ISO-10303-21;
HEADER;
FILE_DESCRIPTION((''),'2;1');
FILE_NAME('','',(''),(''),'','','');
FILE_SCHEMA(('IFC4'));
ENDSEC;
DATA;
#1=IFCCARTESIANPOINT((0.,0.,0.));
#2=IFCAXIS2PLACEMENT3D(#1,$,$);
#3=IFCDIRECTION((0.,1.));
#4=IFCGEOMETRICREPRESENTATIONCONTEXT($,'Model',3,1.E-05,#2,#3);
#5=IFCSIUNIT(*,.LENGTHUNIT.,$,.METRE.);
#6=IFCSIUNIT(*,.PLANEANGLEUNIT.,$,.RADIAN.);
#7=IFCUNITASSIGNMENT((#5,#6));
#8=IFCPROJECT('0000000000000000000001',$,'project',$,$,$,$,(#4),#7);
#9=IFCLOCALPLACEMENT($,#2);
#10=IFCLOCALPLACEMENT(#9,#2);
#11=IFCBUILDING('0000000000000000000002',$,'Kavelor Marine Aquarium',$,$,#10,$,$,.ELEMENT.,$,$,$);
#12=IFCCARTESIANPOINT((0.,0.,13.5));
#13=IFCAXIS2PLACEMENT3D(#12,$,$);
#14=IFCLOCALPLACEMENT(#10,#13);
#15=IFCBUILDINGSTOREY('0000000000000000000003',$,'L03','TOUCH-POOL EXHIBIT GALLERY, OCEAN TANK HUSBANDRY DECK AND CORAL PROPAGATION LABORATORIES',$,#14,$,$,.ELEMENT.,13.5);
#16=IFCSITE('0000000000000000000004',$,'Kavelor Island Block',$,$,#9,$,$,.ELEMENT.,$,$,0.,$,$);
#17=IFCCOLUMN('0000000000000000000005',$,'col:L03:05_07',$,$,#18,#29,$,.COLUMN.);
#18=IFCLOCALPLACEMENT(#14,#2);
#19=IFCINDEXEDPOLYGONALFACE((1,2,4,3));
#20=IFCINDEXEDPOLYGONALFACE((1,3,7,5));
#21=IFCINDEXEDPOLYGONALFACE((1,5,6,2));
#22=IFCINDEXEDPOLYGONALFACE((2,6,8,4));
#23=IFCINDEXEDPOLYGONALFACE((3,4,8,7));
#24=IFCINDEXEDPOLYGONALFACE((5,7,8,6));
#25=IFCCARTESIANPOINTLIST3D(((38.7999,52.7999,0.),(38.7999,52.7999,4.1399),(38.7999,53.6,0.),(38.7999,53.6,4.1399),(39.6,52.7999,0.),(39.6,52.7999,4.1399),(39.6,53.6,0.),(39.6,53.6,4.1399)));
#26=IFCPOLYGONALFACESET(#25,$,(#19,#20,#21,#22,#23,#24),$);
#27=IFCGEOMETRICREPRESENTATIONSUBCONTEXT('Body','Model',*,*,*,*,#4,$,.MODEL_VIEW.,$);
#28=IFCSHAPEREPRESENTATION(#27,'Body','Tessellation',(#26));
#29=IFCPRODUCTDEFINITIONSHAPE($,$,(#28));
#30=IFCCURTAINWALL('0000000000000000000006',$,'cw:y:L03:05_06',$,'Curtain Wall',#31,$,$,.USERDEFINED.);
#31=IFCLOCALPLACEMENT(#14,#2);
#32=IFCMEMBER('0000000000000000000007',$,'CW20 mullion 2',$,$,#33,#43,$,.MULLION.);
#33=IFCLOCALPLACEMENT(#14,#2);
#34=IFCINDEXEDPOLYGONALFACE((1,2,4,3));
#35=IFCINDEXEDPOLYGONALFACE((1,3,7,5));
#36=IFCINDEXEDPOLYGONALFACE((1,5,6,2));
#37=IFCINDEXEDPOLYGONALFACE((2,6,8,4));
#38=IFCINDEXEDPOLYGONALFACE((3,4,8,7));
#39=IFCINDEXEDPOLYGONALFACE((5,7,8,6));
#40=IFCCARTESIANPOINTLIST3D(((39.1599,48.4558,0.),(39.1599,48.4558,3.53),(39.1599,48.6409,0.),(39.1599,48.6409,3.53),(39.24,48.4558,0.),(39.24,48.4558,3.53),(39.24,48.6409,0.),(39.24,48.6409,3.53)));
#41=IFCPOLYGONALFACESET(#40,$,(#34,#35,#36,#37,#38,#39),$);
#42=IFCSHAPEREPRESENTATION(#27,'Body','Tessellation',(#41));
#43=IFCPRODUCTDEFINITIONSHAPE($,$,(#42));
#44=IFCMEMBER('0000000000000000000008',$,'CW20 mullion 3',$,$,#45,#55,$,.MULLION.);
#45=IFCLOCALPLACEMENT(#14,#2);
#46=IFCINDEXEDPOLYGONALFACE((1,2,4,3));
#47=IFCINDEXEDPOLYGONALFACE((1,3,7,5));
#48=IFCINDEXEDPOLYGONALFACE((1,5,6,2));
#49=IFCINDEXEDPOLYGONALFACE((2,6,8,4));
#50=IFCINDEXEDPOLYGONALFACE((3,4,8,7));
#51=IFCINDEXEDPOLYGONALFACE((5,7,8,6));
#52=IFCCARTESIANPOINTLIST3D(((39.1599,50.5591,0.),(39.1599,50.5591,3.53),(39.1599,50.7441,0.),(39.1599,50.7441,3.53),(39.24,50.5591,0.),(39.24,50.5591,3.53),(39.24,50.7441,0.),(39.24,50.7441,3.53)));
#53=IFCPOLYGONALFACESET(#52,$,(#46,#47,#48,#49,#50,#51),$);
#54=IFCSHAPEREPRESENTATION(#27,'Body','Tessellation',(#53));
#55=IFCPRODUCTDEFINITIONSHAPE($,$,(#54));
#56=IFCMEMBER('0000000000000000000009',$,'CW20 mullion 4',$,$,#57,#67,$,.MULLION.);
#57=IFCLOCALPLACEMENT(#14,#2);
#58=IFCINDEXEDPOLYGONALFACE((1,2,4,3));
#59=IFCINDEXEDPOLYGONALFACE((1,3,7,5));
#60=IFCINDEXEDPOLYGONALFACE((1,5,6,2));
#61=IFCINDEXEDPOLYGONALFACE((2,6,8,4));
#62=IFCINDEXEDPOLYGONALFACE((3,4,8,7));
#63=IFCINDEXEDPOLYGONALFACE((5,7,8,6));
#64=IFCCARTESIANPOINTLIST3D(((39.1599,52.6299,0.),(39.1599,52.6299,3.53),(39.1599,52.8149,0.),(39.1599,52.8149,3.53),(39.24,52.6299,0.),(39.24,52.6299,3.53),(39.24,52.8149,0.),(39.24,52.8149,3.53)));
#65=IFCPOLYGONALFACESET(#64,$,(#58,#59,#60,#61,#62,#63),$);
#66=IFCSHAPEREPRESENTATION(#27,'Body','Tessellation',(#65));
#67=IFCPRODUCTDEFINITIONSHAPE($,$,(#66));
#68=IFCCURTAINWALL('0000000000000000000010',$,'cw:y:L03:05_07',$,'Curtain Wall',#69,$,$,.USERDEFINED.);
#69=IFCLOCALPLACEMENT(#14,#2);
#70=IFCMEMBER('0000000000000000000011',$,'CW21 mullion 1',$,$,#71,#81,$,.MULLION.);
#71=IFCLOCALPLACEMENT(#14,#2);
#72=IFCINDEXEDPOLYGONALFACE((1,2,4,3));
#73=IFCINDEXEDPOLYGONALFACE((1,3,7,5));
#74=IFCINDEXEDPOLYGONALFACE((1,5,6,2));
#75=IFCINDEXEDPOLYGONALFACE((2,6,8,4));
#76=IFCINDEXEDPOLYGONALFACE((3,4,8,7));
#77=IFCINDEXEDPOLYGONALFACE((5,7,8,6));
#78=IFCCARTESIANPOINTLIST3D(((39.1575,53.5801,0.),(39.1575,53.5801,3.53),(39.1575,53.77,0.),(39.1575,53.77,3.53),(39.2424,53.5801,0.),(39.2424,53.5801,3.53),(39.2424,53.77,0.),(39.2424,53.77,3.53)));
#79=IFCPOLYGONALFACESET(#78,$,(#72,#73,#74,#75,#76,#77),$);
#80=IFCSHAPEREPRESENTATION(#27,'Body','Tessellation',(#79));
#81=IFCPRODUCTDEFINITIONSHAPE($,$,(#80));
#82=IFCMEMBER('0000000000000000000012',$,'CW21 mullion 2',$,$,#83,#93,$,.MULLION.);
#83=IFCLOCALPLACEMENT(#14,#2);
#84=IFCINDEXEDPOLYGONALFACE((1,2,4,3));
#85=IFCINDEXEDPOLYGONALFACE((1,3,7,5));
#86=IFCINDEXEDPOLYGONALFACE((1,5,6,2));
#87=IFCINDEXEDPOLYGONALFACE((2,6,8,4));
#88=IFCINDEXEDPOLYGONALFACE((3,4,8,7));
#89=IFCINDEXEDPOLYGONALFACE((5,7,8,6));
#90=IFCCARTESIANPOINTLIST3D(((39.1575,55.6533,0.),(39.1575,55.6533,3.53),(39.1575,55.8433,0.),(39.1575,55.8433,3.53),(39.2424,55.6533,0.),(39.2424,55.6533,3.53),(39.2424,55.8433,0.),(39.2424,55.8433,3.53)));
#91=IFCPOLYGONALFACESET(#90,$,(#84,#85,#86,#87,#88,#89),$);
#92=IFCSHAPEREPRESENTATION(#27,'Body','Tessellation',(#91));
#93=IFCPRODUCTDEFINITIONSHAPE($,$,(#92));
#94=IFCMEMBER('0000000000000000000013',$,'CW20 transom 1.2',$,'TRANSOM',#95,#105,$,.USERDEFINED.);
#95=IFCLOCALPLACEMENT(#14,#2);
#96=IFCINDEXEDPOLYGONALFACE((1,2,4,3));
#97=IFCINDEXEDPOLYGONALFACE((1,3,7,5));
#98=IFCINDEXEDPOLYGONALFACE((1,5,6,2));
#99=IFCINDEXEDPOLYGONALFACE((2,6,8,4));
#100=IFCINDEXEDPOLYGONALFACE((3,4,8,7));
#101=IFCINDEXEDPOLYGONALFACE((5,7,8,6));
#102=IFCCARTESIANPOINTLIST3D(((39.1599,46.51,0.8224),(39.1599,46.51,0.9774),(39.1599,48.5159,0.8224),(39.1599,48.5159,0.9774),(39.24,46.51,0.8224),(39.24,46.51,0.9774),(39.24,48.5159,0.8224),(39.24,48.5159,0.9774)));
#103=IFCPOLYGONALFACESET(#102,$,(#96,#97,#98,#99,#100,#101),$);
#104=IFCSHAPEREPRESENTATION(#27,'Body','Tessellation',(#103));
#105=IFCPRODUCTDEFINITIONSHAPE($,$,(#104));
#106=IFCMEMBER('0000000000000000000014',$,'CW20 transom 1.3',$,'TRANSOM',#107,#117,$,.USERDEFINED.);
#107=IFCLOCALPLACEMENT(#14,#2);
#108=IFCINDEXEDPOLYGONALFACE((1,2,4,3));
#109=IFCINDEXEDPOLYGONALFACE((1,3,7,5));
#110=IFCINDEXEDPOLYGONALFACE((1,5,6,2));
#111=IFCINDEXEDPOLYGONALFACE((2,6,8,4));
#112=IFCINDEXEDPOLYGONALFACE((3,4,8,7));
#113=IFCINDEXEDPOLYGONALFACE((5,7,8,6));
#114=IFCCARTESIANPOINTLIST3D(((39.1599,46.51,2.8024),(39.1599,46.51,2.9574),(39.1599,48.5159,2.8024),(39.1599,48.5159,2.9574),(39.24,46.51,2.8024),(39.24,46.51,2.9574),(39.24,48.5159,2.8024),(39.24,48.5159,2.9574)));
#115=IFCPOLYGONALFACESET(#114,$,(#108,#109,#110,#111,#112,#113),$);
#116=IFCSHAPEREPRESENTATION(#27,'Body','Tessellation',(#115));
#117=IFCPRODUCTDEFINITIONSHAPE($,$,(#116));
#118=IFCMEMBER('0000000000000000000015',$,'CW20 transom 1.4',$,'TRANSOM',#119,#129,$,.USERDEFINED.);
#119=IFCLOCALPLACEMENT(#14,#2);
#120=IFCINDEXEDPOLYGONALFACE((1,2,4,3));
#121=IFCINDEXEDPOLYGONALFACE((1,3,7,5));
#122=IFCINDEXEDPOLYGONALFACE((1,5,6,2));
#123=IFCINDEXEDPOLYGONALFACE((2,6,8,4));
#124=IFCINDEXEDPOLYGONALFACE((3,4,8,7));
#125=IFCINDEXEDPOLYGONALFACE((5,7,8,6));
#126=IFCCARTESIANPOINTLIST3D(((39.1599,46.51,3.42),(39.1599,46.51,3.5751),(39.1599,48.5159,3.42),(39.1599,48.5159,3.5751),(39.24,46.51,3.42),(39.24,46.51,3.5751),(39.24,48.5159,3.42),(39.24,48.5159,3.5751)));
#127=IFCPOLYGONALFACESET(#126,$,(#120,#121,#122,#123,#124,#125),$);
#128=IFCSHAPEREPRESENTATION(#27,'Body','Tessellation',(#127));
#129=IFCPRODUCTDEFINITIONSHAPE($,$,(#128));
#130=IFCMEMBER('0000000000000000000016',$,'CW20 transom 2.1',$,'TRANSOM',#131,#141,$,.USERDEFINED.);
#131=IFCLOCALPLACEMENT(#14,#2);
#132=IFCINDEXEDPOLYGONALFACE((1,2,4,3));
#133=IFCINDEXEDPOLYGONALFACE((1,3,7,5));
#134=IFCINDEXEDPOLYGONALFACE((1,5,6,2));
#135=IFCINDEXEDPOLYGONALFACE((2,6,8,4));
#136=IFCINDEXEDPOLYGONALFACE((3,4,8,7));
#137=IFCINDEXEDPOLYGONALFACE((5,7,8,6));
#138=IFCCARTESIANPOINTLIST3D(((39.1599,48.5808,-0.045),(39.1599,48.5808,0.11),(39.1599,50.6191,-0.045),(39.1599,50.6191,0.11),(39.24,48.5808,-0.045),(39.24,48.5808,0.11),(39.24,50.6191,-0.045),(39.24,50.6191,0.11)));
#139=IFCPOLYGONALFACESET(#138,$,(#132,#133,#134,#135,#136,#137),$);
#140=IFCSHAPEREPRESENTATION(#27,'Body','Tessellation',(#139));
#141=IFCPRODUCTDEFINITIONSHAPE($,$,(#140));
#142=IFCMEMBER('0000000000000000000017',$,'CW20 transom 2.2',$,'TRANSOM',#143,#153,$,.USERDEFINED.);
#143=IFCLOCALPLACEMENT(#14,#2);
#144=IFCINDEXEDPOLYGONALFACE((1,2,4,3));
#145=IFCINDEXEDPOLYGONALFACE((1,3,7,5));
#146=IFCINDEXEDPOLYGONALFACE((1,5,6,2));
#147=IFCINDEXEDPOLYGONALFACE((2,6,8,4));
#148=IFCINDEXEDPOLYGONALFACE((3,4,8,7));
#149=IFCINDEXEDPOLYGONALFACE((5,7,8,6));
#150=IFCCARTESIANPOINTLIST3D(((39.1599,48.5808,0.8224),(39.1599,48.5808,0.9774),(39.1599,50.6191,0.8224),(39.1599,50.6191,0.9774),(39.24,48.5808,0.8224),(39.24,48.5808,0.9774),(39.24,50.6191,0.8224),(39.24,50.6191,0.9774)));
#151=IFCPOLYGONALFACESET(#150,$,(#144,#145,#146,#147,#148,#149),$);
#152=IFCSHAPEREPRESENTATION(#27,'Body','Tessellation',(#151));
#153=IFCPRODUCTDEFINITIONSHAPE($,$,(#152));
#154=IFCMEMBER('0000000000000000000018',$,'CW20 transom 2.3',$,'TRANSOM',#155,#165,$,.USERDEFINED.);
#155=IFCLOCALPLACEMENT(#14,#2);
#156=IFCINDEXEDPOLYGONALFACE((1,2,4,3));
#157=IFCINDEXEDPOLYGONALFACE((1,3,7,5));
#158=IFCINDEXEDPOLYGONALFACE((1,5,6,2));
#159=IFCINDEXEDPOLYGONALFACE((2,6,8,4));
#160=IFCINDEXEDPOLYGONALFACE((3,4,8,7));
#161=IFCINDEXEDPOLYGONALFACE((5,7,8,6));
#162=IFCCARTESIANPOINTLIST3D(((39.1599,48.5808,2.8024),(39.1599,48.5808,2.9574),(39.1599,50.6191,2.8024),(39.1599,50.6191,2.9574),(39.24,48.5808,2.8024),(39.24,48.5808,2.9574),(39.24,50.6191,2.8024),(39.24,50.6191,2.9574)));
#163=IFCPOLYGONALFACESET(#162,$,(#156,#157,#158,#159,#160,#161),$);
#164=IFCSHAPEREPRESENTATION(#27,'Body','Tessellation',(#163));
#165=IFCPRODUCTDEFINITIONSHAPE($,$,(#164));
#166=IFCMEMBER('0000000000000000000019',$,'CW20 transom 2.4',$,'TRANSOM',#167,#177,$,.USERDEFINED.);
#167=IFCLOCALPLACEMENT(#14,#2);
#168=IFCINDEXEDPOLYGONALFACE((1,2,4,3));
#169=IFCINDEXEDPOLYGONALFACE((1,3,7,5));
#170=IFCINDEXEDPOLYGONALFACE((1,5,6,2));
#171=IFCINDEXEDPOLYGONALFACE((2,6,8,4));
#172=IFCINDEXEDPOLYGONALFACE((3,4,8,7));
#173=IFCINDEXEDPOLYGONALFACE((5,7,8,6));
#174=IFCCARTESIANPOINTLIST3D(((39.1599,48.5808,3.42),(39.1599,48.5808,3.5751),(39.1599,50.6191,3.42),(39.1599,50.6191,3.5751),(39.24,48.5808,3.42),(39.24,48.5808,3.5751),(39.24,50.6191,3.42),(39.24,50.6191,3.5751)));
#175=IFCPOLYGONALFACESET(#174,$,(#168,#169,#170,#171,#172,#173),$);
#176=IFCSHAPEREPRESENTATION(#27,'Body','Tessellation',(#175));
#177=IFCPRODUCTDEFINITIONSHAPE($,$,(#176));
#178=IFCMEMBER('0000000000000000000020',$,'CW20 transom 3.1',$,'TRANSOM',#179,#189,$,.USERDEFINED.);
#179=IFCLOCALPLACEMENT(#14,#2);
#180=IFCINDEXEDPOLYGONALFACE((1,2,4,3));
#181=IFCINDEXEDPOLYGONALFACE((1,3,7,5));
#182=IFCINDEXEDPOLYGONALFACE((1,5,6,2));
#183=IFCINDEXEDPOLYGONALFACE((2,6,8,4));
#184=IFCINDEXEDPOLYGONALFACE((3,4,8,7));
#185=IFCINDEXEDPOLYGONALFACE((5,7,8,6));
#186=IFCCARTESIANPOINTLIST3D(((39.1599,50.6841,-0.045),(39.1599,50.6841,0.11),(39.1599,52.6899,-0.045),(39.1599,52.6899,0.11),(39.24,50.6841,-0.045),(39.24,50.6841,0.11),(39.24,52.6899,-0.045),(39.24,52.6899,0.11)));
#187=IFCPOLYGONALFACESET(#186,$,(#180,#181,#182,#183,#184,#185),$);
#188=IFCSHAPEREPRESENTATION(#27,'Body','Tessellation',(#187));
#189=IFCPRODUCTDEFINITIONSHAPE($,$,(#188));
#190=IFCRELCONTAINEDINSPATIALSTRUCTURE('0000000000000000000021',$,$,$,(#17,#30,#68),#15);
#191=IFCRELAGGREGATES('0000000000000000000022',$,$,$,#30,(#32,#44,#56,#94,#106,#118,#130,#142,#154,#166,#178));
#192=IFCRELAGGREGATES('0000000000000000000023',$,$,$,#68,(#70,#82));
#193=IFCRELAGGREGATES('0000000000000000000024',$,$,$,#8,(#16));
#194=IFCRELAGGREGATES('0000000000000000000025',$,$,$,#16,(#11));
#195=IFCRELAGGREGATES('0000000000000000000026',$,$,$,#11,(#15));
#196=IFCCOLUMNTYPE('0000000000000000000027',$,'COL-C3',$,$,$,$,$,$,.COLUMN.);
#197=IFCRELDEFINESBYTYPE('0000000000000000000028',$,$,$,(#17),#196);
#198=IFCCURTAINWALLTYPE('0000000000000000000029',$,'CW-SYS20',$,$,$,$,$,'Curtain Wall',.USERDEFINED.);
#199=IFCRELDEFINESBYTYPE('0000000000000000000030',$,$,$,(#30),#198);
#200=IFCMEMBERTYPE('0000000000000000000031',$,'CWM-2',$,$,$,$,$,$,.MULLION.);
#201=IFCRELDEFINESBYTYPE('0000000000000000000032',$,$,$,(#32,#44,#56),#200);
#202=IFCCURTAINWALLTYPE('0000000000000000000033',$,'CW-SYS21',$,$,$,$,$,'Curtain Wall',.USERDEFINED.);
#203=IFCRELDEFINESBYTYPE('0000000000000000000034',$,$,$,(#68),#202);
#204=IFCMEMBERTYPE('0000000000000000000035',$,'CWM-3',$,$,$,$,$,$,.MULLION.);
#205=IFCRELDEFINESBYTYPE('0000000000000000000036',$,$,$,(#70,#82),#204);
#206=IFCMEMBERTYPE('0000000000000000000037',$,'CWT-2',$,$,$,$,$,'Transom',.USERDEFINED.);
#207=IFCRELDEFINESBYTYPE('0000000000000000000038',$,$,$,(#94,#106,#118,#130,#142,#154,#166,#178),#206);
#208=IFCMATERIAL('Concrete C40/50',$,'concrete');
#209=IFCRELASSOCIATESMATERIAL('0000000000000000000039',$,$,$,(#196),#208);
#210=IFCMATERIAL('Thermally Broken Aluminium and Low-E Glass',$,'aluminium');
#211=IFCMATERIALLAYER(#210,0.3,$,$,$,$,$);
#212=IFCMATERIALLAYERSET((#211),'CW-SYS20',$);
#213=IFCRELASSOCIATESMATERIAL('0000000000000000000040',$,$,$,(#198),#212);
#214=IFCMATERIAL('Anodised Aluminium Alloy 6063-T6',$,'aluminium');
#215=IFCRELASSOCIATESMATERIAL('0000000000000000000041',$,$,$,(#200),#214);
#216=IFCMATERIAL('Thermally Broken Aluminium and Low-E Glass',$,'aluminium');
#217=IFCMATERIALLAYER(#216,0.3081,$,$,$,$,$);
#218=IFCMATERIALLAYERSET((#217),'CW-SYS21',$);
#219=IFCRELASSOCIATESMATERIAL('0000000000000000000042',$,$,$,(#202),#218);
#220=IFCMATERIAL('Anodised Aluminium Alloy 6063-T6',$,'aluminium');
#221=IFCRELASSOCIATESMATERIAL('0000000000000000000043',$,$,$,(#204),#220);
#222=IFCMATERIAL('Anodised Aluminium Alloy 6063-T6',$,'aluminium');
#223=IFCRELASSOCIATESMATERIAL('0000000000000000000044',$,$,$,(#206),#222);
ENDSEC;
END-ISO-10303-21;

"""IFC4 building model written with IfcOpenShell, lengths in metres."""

from ifc_helpers import new_model, si_unit, direction, frame, origin, origin_2d, place, context, subcontext, project, spatial, rectangle, extrude, material, layer, layer_set, material_profile, profile_set, type_object, element, aggregate, save


model = new_model("IFC4")

# Units and contexts
model_context = context("Model", 3, precision=1e-05, world=origin(), true_north=direction((0.0, 1.0)))
body_context = subcontext(model_context, "Body", "Model", "MODEL_VIEW")
ifc_project = project(units=[si_unit("LENGTHUNIT", "METRE"), si_unit("PLANEANGLEUNIT", "RADIAN")], contexts=[model_context])

# Site, building, storey
site_placement = place(None, origin())
site = spatial("IfcSite", under=ifc_project, at=site_placement, Name="Kavelor Island Block", CompositionType="ELEMENT", RefElevation=0.0)
building_placement = place(site_placement, origin())
building = spatial("IfcBuilding", under=site, at=building_placement, Name="Kavelor Marine Aquarium", CompositionType="ELEMENT")
storey_placement = place(building_placement, frame((0.0, 0.0, 13.5)))
storey = spatial("IfcBuildingStorey", under=building, at=storey_placement, Name="L03", Description="TOUCH-POOL EXHIBIT GALLERY, OCEAN TANK HUSBANDRY DECK AND CORAL PROPAGATION LABORATORIES", CompositionType="ELEMENT", Elevation=13.5)

# Column
ifc_material_1 = material(Name="Concrete C40/50", Category="concrete")
ifc_material_profile_1 = material_profile(ifc_material_1, rectangle(XDim=0.8, YDim=0.8, at=origin_2d()), Name="RC-COL 800x800")
ifc_profile_set_1 = profile_set([ifc_material_profile_1], Name="Concrete C40/50")
column_type = type_object("IfcColumnType", Name="COL-C3", PredefinedType="COLUMN", material=ifc_profile_set_1)
column_placement = place(storey_placement, frame((39.2, 53.2, 0.0), z_axis=(0.0, 0.0, 1.0), x_axis=(1.0, 0.0, 0.0)))
element("IfcColumn", 1, at=column_placement, inside=storey, type_object=column_type, Name="col:L03:05_07", PredefinedType="COLUMN", context=body_context, shape_type="SweptSolid", body=[
    extrude(rectangle(XDim=0.8, YDim=0.8, at=origin_2d()), origin(), (0.0, 0.0, 1.0), 4.1399),
])

# Curtain walls, members
ifc_material_2 = material(Name="Thermally Broken Aluminium and Low-E Glass", Category="aluminium")
ifc_layer_1 = layer(ifc_material_2, 0.3)
ifc_layer_set_1 = layer_set([ifc_layer_1], Name="CW-SYS20")
curtain_wall_type_1 = type_object("IfcCurtainWallType", Name="CW-SYS20", ElementType="Curtain Wall", PredefinedType="USERDEFINED", material=ifc_layer_set_1)
curtain_wall_1_placement = place(storey_placement, origin())
curtain_wall_1 = element("IfcCurtainWall", 2, at=curtain_wall_1_placement, inside=storey, type_object=curtain_wall_type_1, Name="cw:y:L03:05_06", ObjectType="Curtain Wall", PredefinedType="USERDEFINED")
ifc_material_3 = material(Name="Anodised Aluminium Alloy 6063-T6", Category="aluminium")
ifc_material_profile_2 = material_profile(ifc_material_3, rectangle(XDim=0.0801, YDim=0.1851, at=origin_2d()), Name="CW-MUL 80x185")
ifc_profile_set_2 = profile_set([ifc_material_profile_2], Name="Anodised Aluminium Alloy 6063-T6")
member_type_1 = type_object("IfcMemberType", Name="CWM-2", PredefinedType="MULLION", material=ifc_profile_set_2)
member_1_placement = place(storey_placement, frame((39.2, 48.5483, 0.0), z_axis=(0.0, 0.0, 1.0), x_axis=(-1.0, 0.0, 0.0)))
member_1 = element("IfcMember", 3, at=member_1_placement, type_object=member_type_1, Name="CW20 mullion 2", PredefinedType="MULLION", context=body_context, shape_type="SweptSolid", body=[
    extrude(rectangle(XDim=0.0801, YDim=0.1851, at=origin_2d()), origin(), (0.0, 0.0, 1.0), 3.53),
])
member_2_placement = place(storey_placement, frame((39.2, 50.6516, 0.0), z_axis=(0.0, 0.0, 1.0), x_axis=(-1.0, 0.0, 0.0)))
member_2 = element("IfcMember", 4, at=member_2_placement, type_object=member_type_1, Name="CW20 mullion 3", PredefinedType="MULLION", context=body_context, shape_type="SweptSolid", body=[
    extrude(rectangle(XDim=0.0801, YDim=0.1851, at=origin_2d()), origin(), (0.0, 0.0, 1.0), 3.53),
])
member_3_placement = place(storey_placement, frame((39.2, 52.7224, 0.0), z_axis=(0.0, 0.0, 1.0), x_axis=(-1.0, 0.0, 0.0)))
member_3 = element("IfcMember", 5, at=member_3_placement, type_object=member_type_1, Name="CW20 mullion 4", PredefinedType="MULLION", context=body_context, shape_type="SweptSolid", body=[
    extrude(rectangle(XDim=0.0801, YDim=0.1851, at=origin_2d()), origin(), (0.0, 0.0, 1.0), 3.53),
])
ifc_material_4 = material(Name="Thermally Broken Aluminium and Low-E Glass", Category="aluminium")
ifc_layer_2 = layer(ifc_material_4, 0.3081)
ifc_layer_set_2 = layer_set([ifc_layer_2], Name="CW-SYS21")
curtain_wall_type_2 = type_object("IfcCurtainWallType", Name="CW-SYS21", ElementType="Curtain Wall", PredefinedType="USERDEFINED", material=ifc_layer_set_2)
curtain_wall_2_placement = place(storey_placement, origin())
curtain_wall_2 = element("IfcCurtainWall", 6, at=curtain_wall_2_placement, inside=storey, type_object=curtain_wall_type_2, Name="cw:y:L03:05_07", ObjectType="Curtain Wall", PredefinedType="USERDEFINED")
ifc_material_5 = material(Name="Anodised Aluminium Alloy 6063-T6", Category="aluminium")
ifc_material_profile_3 = material_profile(ifc_material_5, rectangle(XDim=0.085, YDim=0.1899, at=origin_2d()), Name="CW-MUL 85x190")
ifc_profile_set_3 = profile_set([ifc_material_profile_3], Name="Anodised Aluminium Alloy 6063-T6")
member_type_2 = type_object("IfcMemberType", Name="CWM-3", PredefinedType="MULLION", material=ifc_profile_set_3)
member_4_placement = place(storey_placement, frame((39.2, 53.675, 0.0), z_axis=(0.0, 0.0, 1.0), x_axis=(-1.0, 0.0, 0.0)))
member_4 = element("IfcMember", 7, at=member_4_placement, type_object=member_type_2, Name="CW21 mullion 1", PredefinedType="MULLION", context=body_context, shape_type="SweptSolid", body=[
    extrude(rectangle(XDim=0.085, YDim=0.1899, at=origin_2d()), origin(), (0.0, 0.0, 1.0), 3.53),
])
member_5_placement = place(storey_placement, frame((39.2, 55.7483, 0.0), z_axis=(0.0, 0.0, 1.0), x_axis=(-1.0, 0.0, 0.0)))
member_5 = element("IfcMember", 8, at=member_5_placement, type_object=member_type_2, Name="CW21 mullion 2", PredefinedType="MULLION", context=body_context, shape_type="SweptSolid", body=[
    extrude(rectangle(XDim=0.085, YDim=0.1899, at=origin_2d()), origin(), (0.0, 0.0, 1.0), 3.53),
])

# Members
ifc_material_6 = material(Name="Anodised Aluminium Alloy 6063-T6", Category="aluminium")
ifc_material_profile_4 = material_profile(ifc_material_6, rectangle(XDim=0.0801, YDim=0.155, at=origin_2d()), Name="CW-TRN 80x155")
ifc_profile_set_4 = profile_set([ifc_material_profile_4], Name="Anodised Aluminium Alloy 6063-T6")
member_type_3 = type_object("IfcMemberType", Name="CWT-2", ElementType="Transom", PredefinedType="USERDEFINED", material=ifc_profile_set_4)
member_6_placement = place(storey_placement, frame((39.2, 46.51, 0.8999), z_axis=(0.0, 1.0, 0.0), x_axis=(-1.0, 0.0, 0.0)))
member_6 = element("IfcMember", 9, at=member_6_placement, type_object=member_type_3, Name="CW20 transom 1.2", ObjectType="TRANSOM", PredefinedType="USERDEFINED", context=body_context, shape_type="SweptSolid", body=[
    extrude(rectangle(XDim=0.0801, YDim=0.155, at=origin_2d()), origin(), (0.0, 0.0, 1.0), 2.0059),
])
member_7_placement = place(storey_placement, frame((39.2, 46.51, 2.8799), z_axis=(0.0, 1.0, 0.0), x_axis=(-1.0, 0.0, 0.0)))
member_7 = element("IfcMember", 10, at=member_7_placement, type_object=member_type_3, Name="CW20 transom 1.3", ObjectType="TRANSOM", PredefinedType="USERDEFINED", context=body_context, shape_type="SweptSolid", body=[
    extrude(rectangle(XDim=0.0801, YDim=0.155, at=origin_2d()), origin(), (0.0, 0.0, 1.0), 2.0059),
])
member_8_placement = place(storey_placement, frame((39.2, 46.51, 3.4976), z_axis=(0.0, 1.0, 0.0), x_axis=(-1.0, 0.0, 0.0)))
member_8 = element("IfcMember", 11, at=member_8_placement, type_object=member_type_3, Name="CW20 transom 1.4", ObjectType="TRANSOM", PredefinedType="USERDEFINED", context=body_context, shape_type="SweptSolid", body=[
    extrude(rectangle(XDim=0.0801, YDim=0.155, at=origin_2d()), origin(), (0.0, 0.0, 1.0), 2.0059),
])
member_9_placement = place(storey_placement, frame((39.2, 48.5808, 0.0325), z_axis=(0.0, 1.0, 0.0), x_axis=(-1.0, 0.0, 0.0)))
member_9 = element("IfcMember", 12, at=member_9_placement, type_object=member_type_3, Name="CW20 transom 2.1", ObjectType="TRANSOM", PredefinedType="USERDEFINED", context=body_context, shape_type="SweptSolid", body=[
    extrude(rectangle(XDim=0.0801, YDim=0.155, at=origin_2d()), origin(), (0.0, 0.0, 1.0), 2.0383),
])
member_10_placement = place(storey_placement, frame((39.2, 48.5808, 0.8999), z_axis=(0.0, 1.0, 0.0), x_axis=(-1.0, 0.0, 0.0)))
member_10 = element("IfcMember", 13, at=member_10_placement, type_object=member_type_3, Name="CW20 transom 2.2", ObjectType="TRANSOM", PredefinedType="USERDEFINED", context=body_context, shape_type="SweptSolid", body=[
    extrude(rectangle(XDim=0.0801, YDim=0.155, at=origin_2d()), origin(), (0.0, 0.0, 1.0), 2.0383),
])
member_11_placement = place(storey_placement, frame((39.2, 48.5808, 2.8799), z_axis=(0.0, 1.0, 0.0), x_axis=(-1.0, 0.0, 0.0)))
member_11 = element("IfcMember", 14, at=member_11_placement, type_object=member_type_3, Name="CW20 transom 2.3", ObjectType="TRANSOM", PredefinedType="USERDEFINED", context=body_context, shape_type="SweptSolid", body=[
    extrude(rectangle(XDim=0.0801, YDim=0.155, at=origin_2d()), origin(), (0.0, 0.0, 1.0), 2.0383),
])
member_12_placement = place(storey_placement, frame((39.2, 48.5808, 3.4976), z_axis=(0.0, 1.0, 0.0), x_axis=(-1.0, 0.0, 0.0)))
member_12 = element("IfcMember", 15, at=member_12_placement, type_object=member_type_3, Name="CW20 transom 2.4", ObjectType="TRANSOM", PredefinedType="USERDEFINED", context=body_context, shape_type="SweptSolid", body=[
    extrude(rectangle(XDim=0.0801, YDim=0.155, at=origin_2d()), origin(), (0.0, 0.0, 1.0), 2.0383),
])
member_13_placement = place(storey_placement, frame((39.2, 50.6841, 0.0325), z_axis=(0.0, 1.0, 0.0), x_axis=(-1.0, 0.0, 0.0)))
member_13 = element("IfcMember", 16, at=member_13_placement, type_object=member_type_3, Name="CW20 transom 3.1", ObjectType="TRANSOM", PredefinedType="USERDEFINED", context=body_context, shape_type="SweptSolid", body=[
    extrude(rectangle(XDim=0.0801, YDim=0.155, at=origin_2d()), origin(), (0.0, 0.0, 1.0), 2.0059),
])

aggregate(curtain_wall_1, [member_1, member_2, member_3, member_6, member_7, member_8, member_9, member_10, member_11, member_12, member_13])
aggregate(curtain_wall_2, [member_4, member_5])

save(model, "model.ifc")
